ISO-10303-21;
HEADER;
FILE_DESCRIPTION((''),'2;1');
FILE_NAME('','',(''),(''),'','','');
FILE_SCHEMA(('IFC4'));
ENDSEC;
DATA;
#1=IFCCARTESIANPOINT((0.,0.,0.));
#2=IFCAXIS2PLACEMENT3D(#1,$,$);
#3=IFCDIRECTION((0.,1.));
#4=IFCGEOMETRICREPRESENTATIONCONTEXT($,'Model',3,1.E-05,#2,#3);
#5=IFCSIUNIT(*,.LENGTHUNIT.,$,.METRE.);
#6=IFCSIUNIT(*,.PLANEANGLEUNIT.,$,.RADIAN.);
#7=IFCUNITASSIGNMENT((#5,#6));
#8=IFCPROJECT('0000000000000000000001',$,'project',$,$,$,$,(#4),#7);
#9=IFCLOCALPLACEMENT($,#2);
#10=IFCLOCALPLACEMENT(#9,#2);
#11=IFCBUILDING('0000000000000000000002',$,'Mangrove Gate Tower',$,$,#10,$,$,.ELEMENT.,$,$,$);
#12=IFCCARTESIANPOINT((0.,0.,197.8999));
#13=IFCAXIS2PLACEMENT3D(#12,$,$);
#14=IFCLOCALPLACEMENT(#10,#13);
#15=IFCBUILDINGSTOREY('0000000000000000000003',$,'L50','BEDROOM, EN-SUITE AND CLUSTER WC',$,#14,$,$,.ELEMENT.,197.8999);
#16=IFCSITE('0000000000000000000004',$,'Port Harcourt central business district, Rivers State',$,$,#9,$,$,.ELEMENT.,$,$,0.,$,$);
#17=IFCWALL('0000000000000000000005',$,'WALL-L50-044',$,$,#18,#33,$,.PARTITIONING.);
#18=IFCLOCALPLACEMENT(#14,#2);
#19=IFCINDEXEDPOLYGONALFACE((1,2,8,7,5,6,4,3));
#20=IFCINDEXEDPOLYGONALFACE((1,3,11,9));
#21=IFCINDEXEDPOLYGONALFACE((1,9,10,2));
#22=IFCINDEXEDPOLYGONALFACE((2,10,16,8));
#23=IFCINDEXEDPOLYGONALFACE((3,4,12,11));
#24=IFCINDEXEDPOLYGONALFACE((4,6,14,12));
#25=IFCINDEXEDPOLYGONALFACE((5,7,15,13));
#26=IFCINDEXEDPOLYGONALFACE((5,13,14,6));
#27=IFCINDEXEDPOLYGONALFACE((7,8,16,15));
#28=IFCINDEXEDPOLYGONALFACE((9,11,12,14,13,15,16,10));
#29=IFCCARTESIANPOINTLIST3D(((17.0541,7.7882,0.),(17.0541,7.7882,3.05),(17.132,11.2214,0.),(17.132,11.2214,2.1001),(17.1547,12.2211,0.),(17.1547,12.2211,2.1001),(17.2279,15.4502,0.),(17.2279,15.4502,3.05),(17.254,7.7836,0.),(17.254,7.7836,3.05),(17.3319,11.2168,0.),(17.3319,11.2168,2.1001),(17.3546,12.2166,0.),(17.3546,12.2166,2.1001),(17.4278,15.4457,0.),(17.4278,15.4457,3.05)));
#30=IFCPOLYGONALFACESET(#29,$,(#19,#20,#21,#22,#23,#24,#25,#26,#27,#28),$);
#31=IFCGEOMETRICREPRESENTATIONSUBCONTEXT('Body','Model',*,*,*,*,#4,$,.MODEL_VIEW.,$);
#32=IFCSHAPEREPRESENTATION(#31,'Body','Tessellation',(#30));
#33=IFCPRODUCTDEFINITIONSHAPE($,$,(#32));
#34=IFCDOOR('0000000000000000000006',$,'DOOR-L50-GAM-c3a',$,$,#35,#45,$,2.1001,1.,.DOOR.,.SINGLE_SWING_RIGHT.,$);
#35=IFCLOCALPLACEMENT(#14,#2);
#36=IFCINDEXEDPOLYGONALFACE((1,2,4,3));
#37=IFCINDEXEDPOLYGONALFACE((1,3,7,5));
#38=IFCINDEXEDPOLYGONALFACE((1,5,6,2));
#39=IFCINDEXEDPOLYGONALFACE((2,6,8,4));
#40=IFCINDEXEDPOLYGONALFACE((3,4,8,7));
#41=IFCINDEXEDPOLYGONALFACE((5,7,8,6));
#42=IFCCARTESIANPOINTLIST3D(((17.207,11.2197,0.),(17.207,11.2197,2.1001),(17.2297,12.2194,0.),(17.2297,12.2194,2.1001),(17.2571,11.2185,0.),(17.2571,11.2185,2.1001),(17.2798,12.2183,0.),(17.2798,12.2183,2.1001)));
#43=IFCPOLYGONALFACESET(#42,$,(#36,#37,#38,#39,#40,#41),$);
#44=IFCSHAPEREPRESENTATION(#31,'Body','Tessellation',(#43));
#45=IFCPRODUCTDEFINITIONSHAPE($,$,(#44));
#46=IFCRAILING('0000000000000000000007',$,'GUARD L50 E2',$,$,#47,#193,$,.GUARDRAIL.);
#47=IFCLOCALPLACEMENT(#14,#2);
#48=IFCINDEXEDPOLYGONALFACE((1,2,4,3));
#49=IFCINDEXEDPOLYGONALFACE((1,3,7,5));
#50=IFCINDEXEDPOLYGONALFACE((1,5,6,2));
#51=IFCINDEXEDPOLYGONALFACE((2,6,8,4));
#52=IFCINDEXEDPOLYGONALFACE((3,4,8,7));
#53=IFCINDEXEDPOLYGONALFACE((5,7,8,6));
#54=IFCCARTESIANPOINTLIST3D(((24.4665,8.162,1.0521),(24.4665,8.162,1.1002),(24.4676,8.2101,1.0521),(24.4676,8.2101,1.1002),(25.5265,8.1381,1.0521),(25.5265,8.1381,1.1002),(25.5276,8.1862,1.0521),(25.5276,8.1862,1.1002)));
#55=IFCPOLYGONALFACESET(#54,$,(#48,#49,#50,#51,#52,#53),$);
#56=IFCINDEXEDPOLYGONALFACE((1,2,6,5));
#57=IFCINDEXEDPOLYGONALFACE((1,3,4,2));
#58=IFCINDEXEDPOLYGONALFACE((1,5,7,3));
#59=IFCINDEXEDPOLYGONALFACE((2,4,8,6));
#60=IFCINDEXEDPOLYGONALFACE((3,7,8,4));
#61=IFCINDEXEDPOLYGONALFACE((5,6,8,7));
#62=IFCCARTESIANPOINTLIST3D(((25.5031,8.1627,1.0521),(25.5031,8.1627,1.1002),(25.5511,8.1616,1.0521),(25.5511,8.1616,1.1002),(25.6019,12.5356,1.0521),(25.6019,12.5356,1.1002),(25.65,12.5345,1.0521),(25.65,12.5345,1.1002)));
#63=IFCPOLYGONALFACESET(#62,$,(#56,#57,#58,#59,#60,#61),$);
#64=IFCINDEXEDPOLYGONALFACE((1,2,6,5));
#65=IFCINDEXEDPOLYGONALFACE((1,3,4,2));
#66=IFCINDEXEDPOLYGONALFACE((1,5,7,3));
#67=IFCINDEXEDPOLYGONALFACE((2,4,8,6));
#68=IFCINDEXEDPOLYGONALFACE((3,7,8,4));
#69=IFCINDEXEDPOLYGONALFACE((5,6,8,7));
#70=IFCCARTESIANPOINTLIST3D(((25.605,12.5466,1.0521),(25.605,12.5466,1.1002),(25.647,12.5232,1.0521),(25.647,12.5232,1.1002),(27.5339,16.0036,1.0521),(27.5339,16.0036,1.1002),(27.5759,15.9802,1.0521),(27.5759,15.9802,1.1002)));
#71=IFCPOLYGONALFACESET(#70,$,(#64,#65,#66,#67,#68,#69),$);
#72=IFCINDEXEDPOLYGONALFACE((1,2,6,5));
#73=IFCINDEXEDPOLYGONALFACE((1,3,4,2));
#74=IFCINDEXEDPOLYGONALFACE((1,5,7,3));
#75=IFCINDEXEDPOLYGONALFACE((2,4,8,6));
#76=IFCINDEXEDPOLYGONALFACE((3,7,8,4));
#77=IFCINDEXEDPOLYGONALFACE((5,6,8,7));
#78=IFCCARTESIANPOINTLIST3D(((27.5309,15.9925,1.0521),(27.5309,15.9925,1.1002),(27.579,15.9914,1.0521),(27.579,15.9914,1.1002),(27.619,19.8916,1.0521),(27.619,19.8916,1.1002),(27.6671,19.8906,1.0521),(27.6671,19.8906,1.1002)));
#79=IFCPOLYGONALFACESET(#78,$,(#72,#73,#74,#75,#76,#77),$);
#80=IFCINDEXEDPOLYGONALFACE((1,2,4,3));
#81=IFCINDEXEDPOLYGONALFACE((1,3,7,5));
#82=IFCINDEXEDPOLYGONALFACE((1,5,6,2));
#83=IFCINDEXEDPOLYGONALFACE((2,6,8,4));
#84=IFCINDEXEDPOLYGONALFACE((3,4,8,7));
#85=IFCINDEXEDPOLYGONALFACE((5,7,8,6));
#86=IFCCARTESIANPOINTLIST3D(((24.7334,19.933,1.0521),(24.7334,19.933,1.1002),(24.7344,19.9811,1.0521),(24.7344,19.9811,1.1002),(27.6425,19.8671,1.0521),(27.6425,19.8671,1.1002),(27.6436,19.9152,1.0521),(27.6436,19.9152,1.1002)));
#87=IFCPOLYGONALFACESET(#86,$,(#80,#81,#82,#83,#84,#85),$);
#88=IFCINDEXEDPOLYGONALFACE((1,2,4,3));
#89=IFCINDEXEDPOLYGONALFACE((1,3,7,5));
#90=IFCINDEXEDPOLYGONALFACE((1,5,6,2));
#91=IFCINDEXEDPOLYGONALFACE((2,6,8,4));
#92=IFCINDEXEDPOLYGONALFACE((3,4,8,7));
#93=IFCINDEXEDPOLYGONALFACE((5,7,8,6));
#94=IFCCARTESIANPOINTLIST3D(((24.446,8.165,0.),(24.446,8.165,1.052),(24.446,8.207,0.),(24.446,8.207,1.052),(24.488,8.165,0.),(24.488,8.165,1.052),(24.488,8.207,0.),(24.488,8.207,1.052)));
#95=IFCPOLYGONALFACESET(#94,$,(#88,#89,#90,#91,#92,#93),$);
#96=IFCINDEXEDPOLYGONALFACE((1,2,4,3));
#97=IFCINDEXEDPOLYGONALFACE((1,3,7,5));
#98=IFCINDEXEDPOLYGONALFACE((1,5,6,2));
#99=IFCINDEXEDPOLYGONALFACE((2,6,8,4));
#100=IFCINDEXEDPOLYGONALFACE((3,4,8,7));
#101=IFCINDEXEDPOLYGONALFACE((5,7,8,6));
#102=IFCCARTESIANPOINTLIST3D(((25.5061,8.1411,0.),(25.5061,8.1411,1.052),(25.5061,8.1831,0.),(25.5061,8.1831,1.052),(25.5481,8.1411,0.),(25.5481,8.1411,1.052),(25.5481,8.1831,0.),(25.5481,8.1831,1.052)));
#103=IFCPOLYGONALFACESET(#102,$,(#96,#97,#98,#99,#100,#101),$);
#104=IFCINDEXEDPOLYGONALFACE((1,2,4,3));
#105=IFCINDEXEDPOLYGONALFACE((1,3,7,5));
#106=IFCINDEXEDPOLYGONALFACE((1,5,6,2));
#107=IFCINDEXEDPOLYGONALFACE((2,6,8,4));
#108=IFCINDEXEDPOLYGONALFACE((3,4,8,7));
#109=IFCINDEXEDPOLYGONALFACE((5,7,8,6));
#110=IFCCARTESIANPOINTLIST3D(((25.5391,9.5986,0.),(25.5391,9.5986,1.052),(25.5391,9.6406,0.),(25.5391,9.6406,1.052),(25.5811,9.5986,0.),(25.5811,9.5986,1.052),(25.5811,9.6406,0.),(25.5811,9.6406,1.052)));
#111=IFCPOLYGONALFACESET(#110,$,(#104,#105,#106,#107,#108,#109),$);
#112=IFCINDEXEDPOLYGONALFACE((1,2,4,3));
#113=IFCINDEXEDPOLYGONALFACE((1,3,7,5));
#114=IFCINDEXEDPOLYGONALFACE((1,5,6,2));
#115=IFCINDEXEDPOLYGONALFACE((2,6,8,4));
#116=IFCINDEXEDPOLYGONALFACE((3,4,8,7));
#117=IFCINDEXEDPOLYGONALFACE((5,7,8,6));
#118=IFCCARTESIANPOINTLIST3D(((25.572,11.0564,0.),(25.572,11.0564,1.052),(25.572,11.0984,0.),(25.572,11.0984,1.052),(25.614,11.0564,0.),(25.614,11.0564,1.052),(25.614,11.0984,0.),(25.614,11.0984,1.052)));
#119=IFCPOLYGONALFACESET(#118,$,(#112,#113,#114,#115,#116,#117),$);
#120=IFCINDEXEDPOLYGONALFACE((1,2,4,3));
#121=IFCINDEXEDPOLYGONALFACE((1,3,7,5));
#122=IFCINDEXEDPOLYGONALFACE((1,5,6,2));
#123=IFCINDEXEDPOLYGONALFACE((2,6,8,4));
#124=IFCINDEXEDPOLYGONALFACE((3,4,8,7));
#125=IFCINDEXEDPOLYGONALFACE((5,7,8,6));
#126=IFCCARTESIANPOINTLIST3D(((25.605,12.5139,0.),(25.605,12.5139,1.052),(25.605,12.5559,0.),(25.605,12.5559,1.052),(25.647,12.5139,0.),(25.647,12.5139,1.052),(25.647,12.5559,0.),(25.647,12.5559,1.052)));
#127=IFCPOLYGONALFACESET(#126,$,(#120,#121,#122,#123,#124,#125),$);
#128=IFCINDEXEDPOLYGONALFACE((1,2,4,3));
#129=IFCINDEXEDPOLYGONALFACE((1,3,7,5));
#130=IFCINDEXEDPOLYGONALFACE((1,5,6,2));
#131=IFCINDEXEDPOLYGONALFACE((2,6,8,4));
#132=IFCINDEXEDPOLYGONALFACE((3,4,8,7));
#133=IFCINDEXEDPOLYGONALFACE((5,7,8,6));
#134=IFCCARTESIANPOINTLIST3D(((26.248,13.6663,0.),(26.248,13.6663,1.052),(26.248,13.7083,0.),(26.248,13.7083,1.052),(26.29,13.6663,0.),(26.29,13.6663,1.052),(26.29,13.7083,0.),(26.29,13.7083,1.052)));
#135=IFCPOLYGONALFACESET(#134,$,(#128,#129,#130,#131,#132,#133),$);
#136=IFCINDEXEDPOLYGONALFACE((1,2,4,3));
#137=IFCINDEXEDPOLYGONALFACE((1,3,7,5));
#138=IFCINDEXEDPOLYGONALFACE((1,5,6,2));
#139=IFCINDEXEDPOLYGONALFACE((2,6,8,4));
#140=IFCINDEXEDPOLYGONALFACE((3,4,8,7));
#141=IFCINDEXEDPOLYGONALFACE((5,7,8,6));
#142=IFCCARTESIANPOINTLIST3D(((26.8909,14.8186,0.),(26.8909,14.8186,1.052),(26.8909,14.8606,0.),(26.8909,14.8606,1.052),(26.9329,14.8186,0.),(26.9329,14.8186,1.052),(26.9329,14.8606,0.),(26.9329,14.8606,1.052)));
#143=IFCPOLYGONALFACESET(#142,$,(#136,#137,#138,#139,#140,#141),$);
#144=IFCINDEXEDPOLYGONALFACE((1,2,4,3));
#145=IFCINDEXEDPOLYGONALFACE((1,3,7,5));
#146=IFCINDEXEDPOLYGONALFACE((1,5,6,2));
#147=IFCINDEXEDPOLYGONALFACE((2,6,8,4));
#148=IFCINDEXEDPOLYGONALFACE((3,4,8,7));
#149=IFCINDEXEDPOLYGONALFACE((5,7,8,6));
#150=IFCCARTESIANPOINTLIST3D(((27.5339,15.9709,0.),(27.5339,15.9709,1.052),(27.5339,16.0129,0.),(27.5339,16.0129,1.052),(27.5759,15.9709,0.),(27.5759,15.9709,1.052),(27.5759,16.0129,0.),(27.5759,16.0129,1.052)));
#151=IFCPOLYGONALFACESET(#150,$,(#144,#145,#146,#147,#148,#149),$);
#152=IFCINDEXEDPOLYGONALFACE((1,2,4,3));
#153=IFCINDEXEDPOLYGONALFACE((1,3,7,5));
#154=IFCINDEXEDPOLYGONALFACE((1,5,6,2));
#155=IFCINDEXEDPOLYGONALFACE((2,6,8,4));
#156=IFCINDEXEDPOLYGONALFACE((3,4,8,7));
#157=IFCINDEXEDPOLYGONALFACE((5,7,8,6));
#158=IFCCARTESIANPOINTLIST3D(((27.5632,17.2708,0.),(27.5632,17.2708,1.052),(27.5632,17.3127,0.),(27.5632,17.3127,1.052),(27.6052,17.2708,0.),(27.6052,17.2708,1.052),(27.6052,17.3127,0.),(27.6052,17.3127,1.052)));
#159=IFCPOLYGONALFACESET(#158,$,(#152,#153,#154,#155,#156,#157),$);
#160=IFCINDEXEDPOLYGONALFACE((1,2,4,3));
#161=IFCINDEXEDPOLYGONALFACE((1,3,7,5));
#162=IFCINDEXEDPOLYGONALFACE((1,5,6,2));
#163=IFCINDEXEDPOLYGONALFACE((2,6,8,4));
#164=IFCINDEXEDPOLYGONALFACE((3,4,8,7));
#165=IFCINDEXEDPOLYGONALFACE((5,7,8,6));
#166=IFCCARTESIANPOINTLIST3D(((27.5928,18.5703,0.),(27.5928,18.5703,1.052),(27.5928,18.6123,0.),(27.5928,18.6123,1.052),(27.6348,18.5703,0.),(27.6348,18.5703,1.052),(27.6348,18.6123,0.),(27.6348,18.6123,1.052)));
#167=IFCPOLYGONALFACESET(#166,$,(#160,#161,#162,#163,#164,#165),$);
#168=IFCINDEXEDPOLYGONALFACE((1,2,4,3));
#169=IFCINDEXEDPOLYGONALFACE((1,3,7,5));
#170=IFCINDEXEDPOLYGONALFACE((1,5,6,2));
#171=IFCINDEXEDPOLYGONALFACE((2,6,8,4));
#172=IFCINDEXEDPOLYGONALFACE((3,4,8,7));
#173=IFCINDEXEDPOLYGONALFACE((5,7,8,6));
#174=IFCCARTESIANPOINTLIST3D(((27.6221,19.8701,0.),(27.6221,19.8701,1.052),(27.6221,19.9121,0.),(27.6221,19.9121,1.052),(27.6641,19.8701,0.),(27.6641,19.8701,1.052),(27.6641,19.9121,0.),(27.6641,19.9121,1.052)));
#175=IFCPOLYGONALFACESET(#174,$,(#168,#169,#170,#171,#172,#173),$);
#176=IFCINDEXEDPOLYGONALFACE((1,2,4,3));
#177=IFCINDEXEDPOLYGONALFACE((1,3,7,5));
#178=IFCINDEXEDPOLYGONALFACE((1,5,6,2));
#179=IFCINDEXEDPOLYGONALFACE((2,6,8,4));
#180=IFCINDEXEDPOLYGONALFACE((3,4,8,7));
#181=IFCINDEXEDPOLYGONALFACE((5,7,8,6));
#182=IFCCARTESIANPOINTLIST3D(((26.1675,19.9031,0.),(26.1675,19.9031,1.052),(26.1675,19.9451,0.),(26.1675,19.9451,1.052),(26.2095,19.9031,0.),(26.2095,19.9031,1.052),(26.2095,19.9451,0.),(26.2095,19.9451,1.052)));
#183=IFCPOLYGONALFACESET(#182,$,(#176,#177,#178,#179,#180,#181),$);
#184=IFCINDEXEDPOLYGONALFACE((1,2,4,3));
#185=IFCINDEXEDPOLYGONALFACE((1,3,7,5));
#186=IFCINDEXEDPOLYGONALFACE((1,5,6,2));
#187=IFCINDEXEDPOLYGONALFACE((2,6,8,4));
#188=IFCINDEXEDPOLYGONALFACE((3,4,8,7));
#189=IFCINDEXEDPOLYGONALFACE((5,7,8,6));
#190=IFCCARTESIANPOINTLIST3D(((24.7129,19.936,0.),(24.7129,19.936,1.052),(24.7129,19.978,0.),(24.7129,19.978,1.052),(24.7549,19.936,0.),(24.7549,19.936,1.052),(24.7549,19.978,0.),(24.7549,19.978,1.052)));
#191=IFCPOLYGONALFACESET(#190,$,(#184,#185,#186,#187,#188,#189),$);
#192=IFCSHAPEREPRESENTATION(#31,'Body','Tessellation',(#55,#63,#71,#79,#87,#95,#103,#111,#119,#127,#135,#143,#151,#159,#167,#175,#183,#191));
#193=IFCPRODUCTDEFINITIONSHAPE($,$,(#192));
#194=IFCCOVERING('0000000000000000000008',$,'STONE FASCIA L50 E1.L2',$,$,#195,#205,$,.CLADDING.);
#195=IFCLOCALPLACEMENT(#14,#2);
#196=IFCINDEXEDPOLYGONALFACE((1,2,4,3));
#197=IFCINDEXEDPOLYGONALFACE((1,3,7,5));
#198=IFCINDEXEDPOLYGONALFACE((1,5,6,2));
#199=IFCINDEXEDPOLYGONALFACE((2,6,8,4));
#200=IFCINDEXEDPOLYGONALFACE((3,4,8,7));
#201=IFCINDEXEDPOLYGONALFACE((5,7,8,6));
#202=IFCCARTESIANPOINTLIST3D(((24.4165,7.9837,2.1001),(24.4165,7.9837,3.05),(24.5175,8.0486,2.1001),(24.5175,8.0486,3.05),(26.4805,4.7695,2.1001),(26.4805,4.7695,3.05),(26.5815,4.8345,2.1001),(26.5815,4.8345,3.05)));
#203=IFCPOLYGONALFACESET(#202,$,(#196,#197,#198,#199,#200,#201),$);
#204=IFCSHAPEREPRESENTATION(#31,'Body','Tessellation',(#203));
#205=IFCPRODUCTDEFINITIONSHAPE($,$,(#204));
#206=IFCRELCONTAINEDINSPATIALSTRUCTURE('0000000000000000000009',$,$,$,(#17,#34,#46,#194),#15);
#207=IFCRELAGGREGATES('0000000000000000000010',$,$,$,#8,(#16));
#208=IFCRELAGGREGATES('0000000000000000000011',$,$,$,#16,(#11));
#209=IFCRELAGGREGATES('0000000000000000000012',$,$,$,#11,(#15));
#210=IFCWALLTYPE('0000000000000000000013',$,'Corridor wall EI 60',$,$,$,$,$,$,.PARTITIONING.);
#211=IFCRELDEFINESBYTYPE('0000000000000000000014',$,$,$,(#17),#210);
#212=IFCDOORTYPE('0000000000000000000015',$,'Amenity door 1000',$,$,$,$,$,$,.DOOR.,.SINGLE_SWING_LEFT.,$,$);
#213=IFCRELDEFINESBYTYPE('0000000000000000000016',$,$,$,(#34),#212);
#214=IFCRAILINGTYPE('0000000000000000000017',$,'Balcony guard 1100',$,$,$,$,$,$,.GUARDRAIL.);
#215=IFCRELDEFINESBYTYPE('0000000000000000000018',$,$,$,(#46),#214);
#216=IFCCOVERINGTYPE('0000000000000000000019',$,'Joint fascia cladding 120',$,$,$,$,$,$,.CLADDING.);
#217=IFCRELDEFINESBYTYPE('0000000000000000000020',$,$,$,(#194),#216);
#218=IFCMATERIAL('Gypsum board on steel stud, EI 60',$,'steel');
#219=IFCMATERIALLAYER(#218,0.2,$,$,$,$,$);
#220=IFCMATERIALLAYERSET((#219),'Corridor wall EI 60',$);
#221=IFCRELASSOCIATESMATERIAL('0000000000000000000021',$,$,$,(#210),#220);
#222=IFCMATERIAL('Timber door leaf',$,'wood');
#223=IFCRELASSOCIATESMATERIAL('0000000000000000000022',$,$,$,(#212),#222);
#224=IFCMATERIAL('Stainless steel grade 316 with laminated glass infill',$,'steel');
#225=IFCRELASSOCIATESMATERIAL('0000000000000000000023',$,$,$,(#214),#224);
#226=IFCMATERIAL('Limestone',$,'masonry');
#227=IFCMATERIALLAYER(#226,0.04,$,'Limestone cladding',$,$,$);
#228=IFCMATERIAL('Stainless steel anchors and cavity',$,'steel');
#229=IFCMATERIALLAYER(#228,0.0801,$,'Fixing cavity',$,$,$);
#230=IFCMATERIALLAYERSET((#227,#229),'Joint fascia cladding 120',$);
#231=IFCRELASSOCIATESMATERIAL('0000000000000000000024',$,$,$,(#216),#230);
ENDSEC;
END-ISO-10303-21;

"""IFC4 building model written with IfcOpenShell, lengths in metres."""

from ifc_helpers import new_model, si_unit, direction, frame, frame_2d, origin, origin_2d, place, context, subcontext, project, spatial, rectangle, extrude, material, layer, layer_set, type_object, element, fill, save


model = new_model("IFC4")

# Units and contexts
model_context = context("Model", 3, precision=1e-05, world=origin(), true_north=direction((0.0, 1.0)))
body_context = subcontext(model_context, "Body", "Model", "MODEL_VIEW")
ifc_project = project(units=[si_unit("LENGTHUNIT", "METRE"), si_unit("PLANEANGLEUNIT", "RADIAN")], contexts=[model_context])

# Site, building, storey
site_placement = place(None, origin())
site = spatial("IfcSite", under=ifc_project, at=site_placement, Name="Port Harcourt central business district, Rivers State", CompositionType="ELEMENT", RefElevation=0.0)
building_placement = place(site_placement, origin())
building = spatial("IfcBuilding", under=site, at=building_placement, Name="Mangrove Gate Tower", CompositionType="ELEMENT")
storey_placement = place(building_placement, frame((0.0, 0.0, 197.8999)))
storey = spatial("IfcBuildingStorey", under=building, at=storey_placement, Name="L50", Description="BEDROOM, EN-SUITE AND CLUSTER WC", CompositionType="ELEMENT", Elevation=197.8999)

# Wall, opening, door
ifc_material_1 = material(Name="Gypsum board on steel stud, EI 60", Category="steel")
ifc_layer_1 = layer(ifc_material_1, 0.2)
ifc_layer_set_1 = layer_set([ifc_layer_1], Name="Corridor wall EI 60")
wall_type_1 = type_object("IfcWallType", Name="Corridor wall EI 60", PredefinedType="PARTITIONING", material=ifc_layer_set_1)
wall_1_placement = place(storey_placement, frame((17.1541, 7.7859, 0.0), z_axis=(0.0, 0.0, 1.0), x_axis=(0.022681, 0.999743, 0.0)))
wall_1 = element("IfcWall", 1, at=wall_1_placement, inside=storey, type_object=wall_type_1, Name="WALL-L50-044", PredefinedType="PARTITIONING", context=body_context, shape_type="SweptSolid", body=[
    extrude(rectangle(XDim=7.6641, YDim=0.2, at=frame_2d((3.832, 0.0))), origin(), (0.0, 0.0, 1.0), 3.05),
])
opening_1_placement = place(wall_1_placement, frame((3.4341, 0.0, 0.0)))
opening_1 = element("IfcOpeningElement", 2, at=opening_1_placement, cuts=wall_1, PredefinedType="OPENING", context=body_context, shape_type="SweptSolid", body=[
    extrude(rectangle(XDim=1.0, YDim=2.1001, at=frame_2d((0.5, 1.05))), frame((0.0, 0.1099, 0.0), z_axis=(0.0, -1.0, 0.0), x_axis=(1.0, 0.0, 0.0)), (0.0, 0.0, 1.0), 0.22),
])
ifc_material_2 = material(Name="Timber door leaf", Category="wood")
door_type_1 = type_object("IfcDoorType", Name="Amenity door 1000", OperationType="SINGLE_SWING_LEFT", PredefinedType="DOOR", material=ifc_material_2)
door_1_placement = place(opening_1_placement, origin())
door_1 = element("IfcDoor", 3, at=door_1_placement, inside=storey, type_object=door_type_1, Name="DOOR-L50-GAM-c3a", OperationType="SINGLE_SWING_RIGHT", OverallHeight=2.1001, OverallWidth=1.0, PredefinedType="DOOR", context=body_context, shape_type="SweptSolid", body=[
    extrude(rectangle(XDim=1.0, YDim=2.1001, at=frame_2d((0.5, 1.05))), frame((0.0, 0.0249, 0.0), z_axis=(0.0, -1.0, 0.0), x_axis=(1.0, 0.0, 0.0)), (0.0, 0.0, 1.0), 0.05),
])
fill(opening_1, door_1)

# Shared definitions
ifc_material_3 = material(Name="Limestone", Category="masonry")

# Railing
ifc_material_4 = material(Name="Stainless steel grade 316 with laminated glass infill", Category="steel")
railing_type = type_object("IfcRailingType", Name="Balcony guard 1100", PredefinedType="GUARDRAIL", material=ifc_material_4)
railing_placement = place(storey_placement, frame((24.467, 8.186, 0.0)))
element("IfcRailing", 4, at=railing_placement, inside=storey, type_object=railing_type, Name="GUARD L50 E2", PredefinedType="GUARDRAIL", context=body_context, shape_type="SweptSolid", body=[
    extrude(rectangle(XDim=0.0481, YDim=0.0481, at=origin_2d()), frame((0.0, 0.0, 1.0762), z_axis=(0.999745, -0.022564, 0.0), x_axis=(0.022564, 0.999745, 0.0)), (0.0, 0.0, 1.0), 1.0603),
    extrude(rectangle(XDim=0.0481, YDim=0.0481, at=origin_2d()), frame((1.0601, -0.0239, 1.0762), z_axis=(0.022606, 0.999744, 0.0), x_axis=(-0.999744, 0.022606, 0.0)), (0.0, 0.0, 1.0), 4.374),
    extrude(rectangle(XDim=0.0481, YDim=0.0481, at=origin_2d()), frame((1.1589, 4.3489, 1.0762), z_axis=(0.48726, 0.873257, 0.0), x_axis=(-0.873257, 0.48726, 0.0)), (0.0, 0.0, 1.0), 3.9587),
    extrude(rectangle(XDim=0.0481, YDim=0.0481, at=origin_2d()), frame((3.0879, 7.8059, 1.0762), z_axis=(0.022598, 0.999745, 0.0), x_axis=(-0.999745, 0.022598, 0.0)), (0.0, 0.0, 1.0), 3.9001),
    extrude(rectangle(XDim=0.0481, YDim=0.0481, at=origin_2d()), frame((3.176, 11.7051, 1.0762), z_axis=(-0.999743, 0.022653, 0.0), x_axis=(-0.022653, -0.999743, 0.0)), (0.0, 0.0, 1.0), 2.9099),
    extrude(rectangle(XDim=0.042, YDim=0.042, at=origin_2d()), origin(), (0.0, 0.0, 1.0), 1.052),
    extrude(rectangle(XDim=0.042, YDim=0.042, at=origin_2d()), frame((1.0601, -0.0239, 0.0)), (0.0, 0.0, 1.0), 1.052),
    extrude(rectangle(XDim=0.042, YDim=0.042, at=origin_2d()), frame((1.093, 1.4336, 0.0)), (0.0, 0.0, 1.0), 1.052),
    extrude(rectangle(XDim=0.042, YDim=0.042, at=origin_2d()), frame((1.126, 2.8914, 0.0)), (0.0, 0.0, 1.0), 1.052),
    extrude(rectangle(XDim=0.042, YDim=0.042, at=origin_2d()), frame((1.1589, 4.3489, 0.0)), (0.0, 0.0, 1.0), 1.052),
    extrude(rectangle(XDim=0.042, YDim=0.042, at=origin_2d()), frame((1.802, 5.5012, 0.0)), (0.0, 0.0, 1.0), 1.052),
    extrude(rectangle(XDim=0.042, YDim=0.042, at=origin_2d()), frame((2.4448, 6.6536, 0.0)), (0.0, 0.0, 1.0), 1.052),
    extrude(rectangle(XDim=0.042, YDim=0.042, at=origin_2d()), frame((3.0879, 7.8059, 0.0)), (0.0, 0.0, 1.0), 1.052),
    extrude(rectangle(XDim=0.042, YDim=0.042, at=origin_2d()), frame((3.1172, 9.1057, 0.0)), (0.0, 0.0, 1.0), 1.052),
    extrude(rectangle(XDim=0.042, YDim=0.042, at=origin_2d()), frame((3.1467, 10.4053, 0.0)), (0.0, 0.0, 1.0), 1.052),
    extrude(rectangle(XDim=0.042, YDim=0.042, at=origin_2d()), frame((3.176, 11.7051, 0.0)), (0.0, 0.0, 1.0), 1.052),
    extrude(rectangle(XDim=0.042, YDim=0.042, at=origin_2d()), frame((1.7214, 11.738, 0.0)), (0.0, 0.0, 1.0), 1.052),
    extrude(rectangle(XDim=0.042, YDim=0.042, at=origin_2d()), frame((0.2668, 11.771, 0.0)), (0.0, 0.0, 1.0), 1.052),
])

# Covering
ifc_layer_2 = layer(ifc_material_3, 0.04, Name="Limestone cladding")
ifc_material_5 = material(Name="Stainless steel anchors and cavity", Category="steel")
ifc_layer_3 = layer(ifc_material_5, 0.0801, Name="Fixing cavity")
ifc_layer_set_2 = layer_set([ifc_layer_2, ifc_layer_3], Name="Joint fascia cladding 120")
covering_type = type_object("IfcCoveringType", Name="Joint fascia cladding 120", PredefinedType="CLADDING", material=ifc_layer_set_2)
covering_placement = place(storey_placement, frame((26.531, 4.802, 2.1001), z_axis=(0.0, 0.0, 1.0), x_axis=(-0.540341, 0.841446, 0.0)))
element("IfcCovering", 5, at=covering_placement, inside=storey, type_object=covering_type, Name="STONE FASCIA L50 E1.L2", PredefinedType="CLADDING", context=body_context, shape_type="SweptSolid", body=[
    extrude(rectangle(XDim=3.8198, YDim=0.1201, at=frame_2d((1.9099, 0.0))), origin(), (0.0, 0.0, 1.0), 0.95),
])

save(model, "model.ifc")
